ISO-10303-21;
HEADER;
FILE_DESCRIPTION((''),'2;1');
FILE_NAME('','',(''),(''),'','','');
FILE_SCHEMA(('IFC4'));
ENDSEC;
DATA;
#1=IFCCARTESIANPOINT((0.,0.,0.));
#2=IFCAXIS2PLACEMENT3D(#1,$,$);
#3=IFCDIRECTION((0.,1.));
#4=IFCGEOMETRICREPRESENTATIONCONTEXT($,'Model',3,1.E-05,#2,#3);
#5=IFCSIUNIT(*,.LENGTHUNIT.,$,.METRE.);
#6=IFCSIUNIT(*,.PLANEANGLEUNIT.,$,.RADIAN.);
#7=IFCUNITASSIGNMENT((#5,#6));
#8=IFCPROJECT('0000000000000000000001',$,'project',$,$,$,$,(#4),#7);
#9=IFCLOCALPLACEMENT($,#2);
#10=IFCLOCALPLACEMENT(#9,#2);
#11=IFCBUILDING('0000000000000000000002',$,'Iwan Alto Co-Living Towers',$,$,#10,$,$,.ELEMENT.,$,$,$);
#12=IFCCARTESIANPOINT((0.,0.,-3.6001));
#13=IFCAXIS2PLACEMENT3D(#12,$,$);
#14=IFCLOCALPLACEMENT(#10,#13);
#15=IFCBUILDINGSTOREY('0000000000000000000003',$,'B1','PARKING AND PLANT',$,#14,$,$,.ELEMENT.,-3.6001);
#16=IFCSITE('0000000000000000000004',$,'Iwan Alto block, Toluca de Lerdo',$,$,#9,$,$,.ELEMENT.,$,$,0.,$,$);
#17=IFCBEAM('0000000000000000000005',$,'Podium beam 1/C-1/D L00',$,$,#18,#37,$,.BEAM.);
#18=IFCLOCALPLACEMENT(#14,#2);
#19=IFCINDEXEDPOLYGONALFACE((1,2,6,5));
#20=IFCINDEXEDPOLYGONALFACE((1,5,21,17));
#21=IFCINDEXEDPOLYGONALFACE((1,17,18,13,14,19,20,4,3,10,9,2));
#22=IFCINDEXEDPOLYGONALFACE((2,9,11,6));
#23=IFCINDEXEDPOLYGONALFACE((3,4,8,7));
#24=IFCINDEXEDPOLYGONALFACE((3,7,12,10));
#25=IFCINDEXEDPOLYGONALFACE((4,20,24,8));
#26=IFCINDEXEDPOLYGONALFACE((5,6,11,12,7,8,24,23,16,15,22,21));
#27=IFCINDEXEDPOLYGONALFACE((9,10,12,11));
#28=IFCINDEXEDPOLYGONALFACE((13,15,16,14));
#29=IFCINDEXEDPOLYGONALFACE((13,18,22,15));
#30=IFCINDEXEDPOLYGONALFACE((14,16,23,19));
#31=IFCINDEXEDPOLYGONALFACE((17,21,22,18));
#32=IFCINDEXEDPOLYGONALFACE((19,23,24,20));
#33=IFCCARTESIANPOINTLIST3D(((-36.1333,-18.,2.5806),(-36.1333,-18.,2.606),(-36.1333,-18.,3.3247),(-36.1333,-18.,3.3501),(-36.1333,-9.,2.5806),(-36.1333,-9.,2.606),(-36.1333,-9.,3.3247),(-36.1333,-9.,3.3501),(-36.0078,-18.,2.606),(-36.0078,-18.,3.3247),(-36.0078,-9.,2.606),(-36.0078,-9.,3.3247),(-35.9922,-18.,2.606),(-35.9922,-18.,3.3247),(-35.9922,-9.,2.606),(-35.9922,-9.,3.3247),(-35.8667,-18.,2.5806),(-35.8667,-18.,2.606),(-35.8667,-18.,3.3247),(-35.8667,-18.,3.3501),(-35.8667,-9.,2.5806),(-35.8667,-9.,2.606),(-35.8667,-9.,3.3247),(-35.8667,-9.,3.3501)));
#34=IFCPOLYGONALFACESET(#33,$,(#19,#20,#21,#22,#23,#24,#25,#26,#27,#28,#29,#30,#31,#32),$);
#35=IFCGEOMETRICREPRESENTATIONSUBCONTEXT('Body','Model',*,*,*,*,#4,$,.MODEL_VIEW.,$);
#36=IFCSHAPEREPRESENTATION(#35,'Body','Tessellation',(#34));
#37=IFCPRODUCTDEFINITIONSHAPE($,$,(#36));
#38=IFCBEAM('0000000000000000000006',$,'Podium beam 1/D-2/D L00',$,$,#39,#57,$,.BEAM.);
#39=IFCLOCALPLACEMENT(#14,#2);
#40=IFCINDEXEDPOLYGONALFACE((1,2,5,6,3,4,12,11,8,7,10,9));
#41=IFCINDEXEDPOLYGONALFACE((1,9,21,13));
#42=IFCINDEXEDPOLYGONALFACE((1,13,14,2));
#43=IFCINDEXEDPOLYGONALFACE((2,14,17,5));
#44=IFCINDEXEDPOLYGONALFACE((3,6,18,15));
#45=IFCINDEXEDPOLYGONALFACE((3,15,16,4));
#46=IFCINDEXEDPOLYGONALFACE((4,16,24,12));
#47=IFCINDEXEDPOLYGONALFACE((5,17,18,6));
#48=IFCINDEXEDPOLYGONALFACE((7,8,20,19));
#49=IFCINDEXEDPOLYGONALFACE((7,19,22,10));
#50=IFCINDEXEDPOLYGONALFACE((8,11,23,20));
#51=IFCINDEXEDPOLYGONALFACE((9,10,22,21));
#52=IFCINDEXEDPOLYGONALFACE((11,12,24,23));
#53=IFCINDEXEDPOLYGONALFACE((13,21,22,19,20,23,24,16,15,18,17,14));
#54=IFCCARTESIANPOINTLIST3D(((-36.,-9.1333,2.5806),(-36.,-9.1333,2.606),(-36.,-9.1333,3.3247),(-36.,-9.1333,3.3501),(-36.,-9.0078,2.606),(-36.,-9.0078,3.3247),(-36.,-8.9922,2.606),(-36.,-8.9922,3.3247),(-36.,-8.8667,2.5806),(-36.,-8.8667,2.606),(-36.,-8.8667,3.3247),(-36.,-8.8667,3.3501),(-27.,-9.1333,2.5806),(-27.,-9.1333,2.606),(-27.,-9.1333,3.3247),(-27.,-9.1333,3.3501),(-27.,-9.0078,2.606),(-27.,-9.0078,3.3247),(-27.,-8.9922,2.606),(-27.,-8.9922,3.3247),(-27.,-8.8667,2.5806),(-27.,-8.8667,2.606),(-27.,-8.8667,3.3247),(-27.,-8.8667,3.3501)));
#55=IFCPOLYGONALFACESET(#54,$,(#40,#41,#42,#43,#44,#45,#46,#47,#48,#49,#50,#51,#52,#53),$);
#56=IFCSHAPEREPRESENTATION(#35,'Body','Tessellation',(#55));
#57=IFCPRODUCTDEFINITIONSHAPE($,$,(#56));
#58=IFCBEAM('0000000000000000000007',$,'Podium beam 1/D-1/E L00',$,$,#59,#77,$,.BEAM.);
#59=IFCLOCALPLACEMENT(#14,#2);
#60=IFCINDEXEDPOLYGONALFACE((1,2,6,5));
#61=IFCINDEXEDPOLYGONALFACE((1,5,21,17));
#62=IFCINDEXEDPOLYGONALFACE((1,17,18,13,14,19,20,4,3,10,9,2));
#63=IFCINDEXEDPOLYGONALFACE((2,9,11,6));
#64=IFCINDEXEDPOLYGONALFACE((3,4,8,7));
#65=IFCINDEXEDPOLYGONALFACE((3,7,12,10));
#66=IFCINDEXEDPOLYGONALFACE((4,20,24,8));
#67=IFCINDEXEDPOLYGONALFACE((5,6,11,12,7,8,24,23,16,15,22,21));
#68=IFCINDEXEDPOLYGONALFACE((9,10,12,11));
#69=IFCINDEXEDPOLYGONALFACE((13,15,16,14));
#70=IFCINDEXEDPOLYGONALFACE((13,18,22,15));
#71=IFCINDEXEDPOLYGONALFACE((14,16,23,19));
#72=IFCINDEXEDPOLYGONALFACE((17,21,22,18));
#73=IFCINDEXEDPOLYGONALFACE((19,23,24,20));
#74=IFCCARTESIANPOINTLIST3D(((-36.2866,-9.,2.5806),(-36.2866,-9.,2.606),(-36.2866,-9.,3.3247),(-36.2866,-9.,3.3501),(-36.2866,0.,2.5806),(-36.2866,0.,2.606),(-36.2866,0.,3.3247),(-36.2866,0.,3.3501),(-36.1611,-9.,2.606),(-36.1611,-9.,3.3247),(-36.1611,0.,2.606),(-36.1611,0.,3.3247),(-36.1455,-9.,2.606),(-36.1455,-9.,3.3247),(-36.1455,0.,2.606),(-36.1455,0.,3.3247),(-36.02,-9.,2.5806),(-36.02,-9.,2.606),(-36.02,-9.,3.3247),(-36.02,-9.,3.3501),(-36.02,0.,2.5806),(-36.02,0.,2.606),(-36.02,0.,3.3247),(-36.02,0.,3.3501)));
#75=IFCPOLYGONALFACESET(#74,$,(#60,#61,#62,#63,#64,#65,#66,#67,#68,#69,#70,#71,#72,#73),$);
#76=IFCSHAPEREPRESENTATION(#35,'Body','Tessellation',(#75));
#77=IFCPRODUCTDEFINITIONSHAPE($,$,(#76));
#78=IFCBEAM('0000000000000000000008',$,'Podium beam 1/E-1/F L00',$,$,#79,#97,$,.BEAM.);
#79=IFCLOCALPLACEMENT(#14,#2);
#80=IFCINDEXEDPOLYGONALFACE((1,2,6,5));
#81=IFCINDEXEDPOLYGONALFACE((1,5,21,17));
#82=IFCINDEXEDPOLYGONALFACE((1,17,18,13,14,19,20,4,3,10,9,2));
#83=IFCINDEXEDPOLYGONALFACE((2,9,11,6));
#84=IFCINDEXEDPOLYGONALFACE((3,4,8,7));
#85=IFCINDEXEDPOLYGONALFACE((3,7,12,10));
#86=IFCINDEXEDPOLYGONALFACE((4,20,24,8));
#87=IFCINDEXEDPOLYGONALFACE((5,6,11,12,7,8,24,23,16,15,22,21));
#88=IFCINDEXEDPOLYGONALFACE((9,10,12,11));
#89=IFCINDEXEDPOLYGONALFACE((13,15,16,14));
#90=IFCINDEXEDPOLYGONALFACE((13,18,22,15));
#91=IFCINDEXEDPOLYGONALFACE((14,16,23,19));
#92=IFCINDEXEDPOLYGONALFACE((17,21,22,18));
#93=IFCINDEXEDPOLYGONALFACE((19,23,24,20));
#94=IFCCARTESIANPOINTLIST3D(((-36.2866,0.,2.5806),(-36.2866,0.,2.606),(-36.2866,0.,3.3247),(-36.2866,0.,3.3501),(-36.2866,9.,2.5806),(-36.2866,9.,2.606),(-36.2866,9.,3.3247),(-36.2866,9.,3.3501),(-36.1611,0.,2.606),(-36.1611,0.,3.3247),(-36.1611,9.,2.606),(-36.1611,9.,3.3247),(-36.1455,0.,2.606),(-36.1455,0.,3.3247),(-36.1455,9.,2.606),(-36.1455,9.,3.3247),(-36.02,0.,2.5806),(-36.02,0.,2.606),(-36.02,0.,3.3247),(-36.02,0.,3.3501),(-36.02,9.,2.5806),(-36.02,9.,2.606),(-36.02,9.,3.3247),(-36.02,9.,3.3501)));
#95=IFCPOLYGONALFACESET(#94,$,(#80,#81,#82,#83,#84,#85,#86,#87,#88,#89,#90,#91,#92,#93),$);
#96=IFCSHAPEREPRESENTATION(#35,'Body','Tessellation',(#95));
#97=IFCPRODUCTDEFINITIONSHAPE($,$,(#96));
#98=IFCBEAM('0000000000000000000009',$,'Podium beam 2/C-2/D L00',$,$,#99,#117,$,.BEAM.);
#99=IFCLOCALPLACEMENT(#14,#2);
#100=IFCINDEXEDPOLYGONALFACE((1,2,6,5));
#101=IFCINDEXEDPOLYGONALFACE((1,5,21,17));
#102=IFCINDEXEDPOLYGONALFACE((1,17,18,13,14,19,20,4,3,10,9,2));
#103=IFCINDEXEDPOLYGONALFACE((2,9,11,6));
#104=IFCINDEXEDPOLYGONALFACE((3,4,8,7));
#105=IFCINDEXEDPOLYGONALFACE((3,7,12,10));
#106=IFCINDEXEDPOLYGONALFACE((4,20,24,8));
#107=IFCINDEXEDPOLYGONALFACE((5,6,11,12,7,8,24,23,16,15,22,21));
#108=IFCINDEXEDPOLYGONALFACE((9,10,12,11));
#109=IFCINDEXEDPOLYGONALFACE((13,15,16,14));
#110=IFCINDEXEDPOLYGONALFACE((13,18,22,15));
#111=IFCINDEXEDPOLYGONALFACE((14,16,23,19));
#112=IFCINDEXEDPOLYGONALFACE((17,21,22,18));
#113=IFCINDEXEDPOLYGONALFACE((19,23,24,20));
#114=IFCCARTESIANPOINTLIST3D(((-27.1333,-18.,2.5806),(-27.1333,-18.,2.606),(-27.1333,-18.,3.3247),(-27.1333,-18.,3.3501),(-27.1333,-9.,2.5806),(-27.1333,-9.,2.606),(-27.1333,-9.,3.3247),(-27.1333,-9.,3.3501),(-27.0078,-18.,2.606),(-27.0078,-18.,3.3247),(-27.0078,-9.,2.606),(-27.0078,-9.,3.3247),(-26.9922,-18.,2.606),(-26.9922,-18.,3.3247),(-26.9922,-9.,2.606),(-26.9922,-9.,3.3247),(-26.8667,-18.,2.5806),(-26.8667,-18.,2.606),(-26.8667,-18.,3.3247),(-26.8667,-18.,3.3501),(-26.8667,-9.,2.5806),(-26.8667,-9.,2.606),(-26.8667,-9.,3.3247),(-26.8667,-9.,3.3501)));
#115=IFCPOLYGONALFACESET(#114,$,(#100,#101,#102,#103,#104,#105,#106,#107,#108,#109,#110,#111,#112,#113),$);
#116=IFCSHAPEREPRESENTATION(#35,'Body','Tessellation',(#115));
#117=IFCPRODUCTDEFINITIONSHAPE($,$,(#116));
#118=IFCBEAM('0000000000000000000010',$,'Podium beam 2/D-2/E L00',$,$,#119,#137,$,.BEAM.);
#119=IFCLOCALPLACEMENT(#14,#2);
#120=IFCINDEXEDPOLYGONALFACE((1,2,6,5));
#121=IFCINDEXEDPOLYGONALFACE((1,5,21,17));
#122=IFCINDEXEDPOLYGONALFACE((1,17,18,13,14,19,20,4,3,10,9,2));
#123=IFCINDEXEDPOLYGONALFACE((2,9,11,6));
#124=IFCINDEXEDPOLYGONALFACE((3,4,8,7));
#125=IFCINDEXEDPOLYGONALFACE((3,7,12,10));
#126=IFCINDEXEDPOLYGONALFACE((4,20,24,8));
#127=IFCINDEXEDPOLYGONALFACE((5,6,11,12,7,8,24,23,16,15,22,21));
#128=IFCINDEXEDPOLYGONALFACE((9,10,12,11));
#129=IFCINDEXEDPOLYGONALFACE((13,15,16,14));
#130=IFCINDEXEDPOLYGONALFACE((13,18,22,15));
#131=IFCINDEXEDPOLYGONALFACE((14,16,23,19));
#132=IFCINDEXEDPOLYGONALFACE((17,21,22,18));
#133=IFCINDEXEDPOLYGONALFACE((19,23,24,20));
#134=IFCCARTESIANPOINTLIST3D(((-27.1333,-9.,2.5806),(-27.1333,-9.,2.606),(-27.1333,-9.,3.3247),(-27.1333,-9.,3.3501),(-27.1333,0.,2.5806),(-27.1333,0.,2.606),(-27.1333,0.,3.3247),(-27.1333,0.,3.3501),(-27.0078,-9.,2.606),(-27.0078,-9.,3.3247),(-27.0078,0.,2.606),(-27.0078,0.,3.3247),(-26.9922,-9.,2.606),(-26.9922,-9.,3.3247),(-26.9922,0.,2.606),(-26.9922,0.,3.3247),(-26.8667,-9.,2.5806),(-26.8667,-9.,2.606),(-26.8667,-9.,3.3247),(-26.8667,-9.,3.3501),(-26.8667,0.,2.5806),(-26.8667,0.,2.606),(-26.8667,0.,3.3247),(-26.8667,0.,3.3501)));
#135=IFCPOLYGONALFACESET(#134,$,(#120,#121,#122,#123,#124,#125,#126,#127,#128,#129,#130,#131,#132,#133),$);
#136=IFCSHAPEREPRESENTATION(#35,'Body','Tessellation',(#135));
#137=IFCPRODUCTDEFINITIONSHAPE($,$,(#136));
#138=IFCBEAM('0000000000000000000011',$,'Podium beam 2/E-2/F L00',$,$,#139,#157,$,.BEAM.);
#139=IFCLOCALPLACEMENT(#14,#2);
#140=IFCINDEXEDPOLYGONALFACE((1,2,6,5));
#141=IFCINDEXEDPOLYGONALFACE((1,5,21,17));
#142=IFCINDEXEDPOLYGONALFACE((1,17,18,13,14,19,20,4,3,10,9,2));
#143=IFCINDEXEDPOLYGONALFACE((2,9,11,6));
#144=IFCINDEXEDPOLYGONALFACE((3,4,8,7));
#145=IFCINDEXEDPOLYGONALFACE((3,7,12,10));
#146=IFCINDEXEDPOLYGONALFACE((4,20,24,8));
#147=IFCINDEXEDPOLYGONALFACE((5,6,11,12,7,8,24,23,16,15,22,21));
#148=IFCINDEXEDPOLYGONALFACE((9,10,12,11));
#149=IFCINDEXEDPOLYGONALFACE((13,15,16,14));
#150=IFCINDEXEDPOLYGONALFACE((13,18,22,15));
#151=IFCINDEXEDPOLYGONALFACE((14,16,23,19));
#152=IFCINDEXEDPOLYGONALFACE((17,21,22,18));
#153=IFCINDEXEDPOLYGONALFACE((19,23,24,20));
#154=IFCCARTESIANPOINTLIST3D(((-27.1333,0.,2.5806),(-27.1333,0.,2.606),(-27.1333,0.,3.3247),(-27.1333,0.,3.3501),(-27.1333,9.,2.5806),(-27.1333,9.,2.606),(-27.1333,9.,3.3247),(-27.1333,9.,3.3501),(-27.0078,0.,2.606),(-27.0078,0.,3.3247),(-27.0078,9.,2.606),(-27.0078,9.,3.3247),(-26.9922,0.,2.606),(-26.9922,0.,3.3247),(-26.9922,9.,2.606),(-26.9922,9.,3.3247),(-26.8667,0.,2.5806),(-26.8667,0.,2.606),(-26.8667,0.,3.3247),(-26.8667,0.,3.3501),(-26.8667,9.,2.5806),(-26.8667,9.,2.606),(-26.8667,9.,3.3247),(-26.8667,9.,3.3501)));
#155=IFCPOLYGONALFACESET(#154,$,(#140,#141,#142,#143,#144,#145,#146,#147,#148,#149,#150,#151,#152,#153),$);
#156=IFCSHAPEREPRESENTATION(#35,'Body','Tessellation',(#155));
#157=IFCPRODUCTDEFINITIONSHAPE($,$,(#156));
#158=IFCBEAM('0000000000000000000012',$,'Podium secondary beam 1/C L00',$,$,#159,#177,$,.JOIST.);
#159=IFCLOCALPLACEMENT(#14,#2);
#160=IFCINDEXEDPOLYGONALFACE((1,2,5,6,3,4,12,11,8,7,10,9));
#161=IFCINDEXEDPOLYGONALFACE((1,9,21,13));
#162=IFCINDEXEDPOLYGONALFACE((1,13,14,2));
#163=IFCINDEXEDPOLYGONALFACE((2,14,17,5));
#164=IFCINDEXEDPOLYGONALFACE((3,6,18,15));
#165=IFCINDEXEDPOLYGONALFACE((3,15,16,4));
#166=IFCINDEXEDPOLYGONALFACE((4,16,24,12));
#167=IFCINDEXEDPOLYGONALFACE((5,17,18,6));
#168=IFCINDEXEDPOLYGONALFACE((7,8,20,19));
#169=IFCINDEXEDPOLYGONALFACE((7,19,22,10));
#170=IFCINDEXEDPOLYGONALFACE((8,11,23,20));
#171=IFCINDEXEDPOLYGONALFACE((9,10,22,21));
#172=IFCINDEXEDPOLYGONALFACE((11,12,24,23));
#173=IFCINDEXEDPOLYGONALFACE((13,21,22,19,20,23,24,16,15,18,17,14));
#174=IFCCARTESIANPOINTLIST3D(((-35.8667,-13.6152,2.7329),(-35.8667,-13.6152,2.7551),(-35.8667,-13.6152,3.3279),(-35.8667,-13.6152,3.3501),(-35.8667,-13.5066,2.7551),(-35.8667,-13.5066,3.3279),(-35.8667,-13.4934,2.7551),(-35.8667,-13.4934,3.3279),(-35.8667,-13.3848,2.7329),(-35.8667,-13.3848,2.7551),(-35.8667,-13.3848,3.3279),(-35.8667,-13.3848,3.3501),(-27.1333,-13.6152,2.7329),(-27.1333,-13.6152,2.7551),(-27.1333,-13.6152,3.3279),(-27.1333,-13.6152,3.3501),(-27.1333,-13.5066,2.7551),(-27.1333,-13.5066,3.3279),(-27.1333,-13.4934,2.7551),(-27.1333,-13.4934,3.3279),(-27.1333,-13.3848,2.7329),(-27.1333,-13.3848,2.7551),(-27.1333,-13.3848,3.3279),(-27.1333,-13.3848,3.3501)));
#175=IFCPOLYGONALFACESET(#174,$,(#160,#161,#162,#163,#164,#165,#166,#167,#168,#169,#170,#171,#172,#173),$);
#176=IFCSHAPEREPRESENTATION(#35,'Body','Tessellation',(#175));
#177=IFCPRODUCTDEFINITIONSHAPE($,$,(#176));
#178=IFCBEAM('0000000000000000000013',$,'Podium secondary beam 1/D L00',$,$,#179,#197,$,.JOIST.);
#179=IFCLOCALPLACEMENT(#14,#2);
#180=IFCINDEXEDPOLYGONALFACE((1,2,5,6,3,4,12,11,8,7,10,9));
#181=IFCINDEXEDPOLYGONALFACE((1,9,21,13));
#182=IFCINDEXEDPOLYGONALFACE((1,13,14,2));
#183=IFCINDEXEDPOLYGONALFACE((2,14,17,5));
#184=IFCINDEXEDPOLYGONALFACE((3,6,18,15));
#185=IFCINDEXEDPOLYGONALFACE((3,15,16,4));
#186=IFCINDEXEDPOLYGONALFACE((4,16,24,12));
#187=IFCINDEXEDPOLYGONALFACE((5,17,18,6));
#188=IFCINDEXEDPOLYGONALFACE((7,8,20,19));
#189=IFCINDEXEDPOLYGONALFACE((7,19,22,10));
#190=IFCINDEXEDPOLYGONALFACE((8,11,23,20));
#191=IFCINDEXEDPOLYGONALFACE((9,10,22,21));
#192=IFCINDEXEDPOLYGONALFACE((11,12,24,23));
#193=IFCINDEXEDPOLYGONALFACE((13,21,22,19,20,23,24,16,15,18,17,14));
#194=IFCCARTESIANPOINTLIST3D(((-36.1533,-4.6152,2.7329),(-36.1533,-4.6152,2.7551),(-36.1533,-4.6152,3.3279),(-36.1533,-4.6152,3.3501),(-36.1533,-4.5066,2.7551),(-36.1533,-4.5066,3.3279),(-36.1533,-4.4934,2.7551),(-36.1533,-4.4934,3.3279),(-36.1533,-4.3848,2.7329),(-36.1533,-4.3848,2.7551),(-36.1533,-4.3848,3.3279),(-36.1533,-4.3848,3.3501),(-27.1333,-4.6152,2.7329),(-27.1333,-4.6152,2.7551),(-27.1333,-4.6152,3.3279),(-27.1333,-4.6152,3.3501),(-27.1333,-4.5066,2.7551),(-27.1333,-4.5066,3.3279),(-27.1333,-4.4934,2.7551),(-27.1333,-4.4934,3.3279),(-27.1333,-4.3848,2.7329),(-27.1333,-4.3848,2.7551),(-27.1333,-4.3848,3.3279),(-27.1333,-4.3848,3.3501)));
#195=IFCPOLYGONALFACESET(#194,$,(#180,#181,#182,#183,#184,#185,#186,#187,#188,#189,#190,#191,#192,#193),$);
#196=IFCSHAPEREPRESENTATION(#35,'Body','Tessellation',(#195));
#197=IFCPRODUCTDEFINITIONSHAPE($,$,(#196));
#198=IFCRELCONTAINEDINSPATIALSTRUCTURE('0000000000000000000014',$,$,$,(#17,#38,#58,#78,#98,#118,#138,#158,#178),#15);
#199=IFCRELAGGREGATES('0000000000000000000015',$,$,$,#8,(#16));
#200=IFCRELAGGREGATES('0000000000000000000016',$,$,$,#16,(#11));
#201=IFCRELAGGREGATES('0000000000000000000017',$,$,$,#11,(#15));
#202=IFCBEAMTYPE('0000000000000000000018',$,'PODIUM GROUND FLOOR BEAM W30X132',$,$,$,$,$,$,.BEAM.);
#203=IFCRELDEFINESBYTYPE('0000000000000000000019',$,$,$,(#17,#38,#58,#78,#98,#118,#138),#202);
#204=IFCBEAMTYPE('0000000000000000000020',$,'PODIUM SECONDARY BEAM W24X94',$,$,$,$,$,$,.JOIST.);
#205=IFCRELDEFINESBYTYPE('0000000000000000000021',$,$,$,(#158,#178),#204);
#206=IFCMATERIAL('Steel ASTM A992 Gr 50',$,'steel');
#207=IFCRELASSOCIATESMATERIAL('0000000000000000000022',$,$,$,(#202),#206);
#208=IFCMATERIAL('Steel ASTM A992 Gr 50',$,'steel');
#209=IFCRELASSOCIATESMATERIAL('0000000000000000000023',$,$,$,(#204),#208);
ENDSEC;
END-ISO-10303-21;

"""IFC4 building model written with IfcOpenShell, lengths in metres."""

from ifc_helpers import new_model, si_unit, direction, frame, origin, origin_2d, place, context, subcontext, project, spatial, i_section, extrude, material, material_profile, profile_set, type_object, element, save


model = new_model("IFC4")

# Units and contexts
model_context = context("Model", 3, precision=1e-05, world=origin(), true_north=direction((0.0, 1.0)))
body_context = subcontext(model_context, "Body", "Model", "MODEL_VIEW")
ifc_project = project(units=[si_unit("LENGTHUNIT", "METRE"), si_unit("PLANEANGLEUNIT", "RADIAN")], contexts=[model_context])

# Site, building, storey
site_placement = place(None, origin())
site = spatial("IfcSite", under=ifc_project, at=site_placement, Name="Iwan Alto block, Toluca de Lerdo", CompositionType="ELEMENT", RefElevation=0.0)
building_placement = place(site_placement, origin())
building = spatial("IfcBuilding", under=site, at=building_placement, Name="Iwan Alto Co-Living Towers", CompositionType="ELEMENT")
storey_placement = place(building_placement, frame((0.0, 0.0, -3.6001)))
storey = spatial("IfcBuildingStorey", under=building, at=storey_placement, Name="B1", Description="PARKING AND PLANT", CompositionType="ELEMENT", Elevation=-3.6001)

# Beams
ifc_material_1 = material(Name="Steel ASTM A992 Gr 50", Category="steel")
ifc_material_profile_1 = material_profile(ifc_material_1, i_section(OverallWidth=0.2666, OverallDepth=0.7695, WebThickness=0.0156, FlangeThickness=0.0254, at=origin_2d()), Name="W30X132")
ifc_profile_set_1 = profile_set([ifc_material_profile_1], Name="Steel ASTM A992 Gr 50")
beam_type_1 = type_object("IfcBeamType", Name="PODIUM GROUND FLOOR BEAM W30X132", PredefinedType="BEAM", material=ifc_profile_set_1)
for number, where, z_axis, x_axis, name in (
    (1, (-36.0, -18.0, 2.9653), (0.0, 1.0, 0.0), (-1.0, 0.0, 0.0), "Podium beam 1/C-1/D L00"),
    (2, (-36.0, -9.0, 2.9653), (1.0, 0.0, 0.0), (0.0, 1.0, 0.0), "Podium beam 1/D-2/D L00"),
    (3, (-36.1533, -9.0, 2.9653), (0.0, 1.0, 0.0), (-1.0, 0.0, 0.0), "Podium beam 1/D-1/E L00"),
    (4, (-36.1533, 0.0, 2.9653), (0.0, 1.0, 0.0), (-1.0, 0.0, 0.0), "Podium beam 1/E-1/F L00"),
    (5, (-27.0, -18.0, 2.9653), (0.0, 1.0, 0.0), (-1.0, 0.0, 0.0), "Podium beam 2/C-2/D L00"),
    (6, (-27.0, -9.0, 2.9653), (0.0, 1.0, 0.0), (-1.0, 0.0, 0.0), "Podium beam 2/D-2/E L00"),
    (7, (-27.0, 0.0, 2.9653), (0.0, 1.0, 0.0), (-1.0, 0.0, 0.0), "Podium beam 2/E-2/F L00"),
):
    element("IfcBeam", number, at=place(storey_placement, frame(where, z_axis=z_axis, x_axis=x_axis)), inside=storey, type_object=beam_type_1, Name=name, PredefinedType="BEAM", context=body_context, shape_type="SweptSolid", body=[
        extrude(i_section(OverallWidth=0.2666, OverallDepth=0.7695, WebThickness=0.0156, FlangeThickness=0.0254, at=origin_2d()), origin(), (0.0, 0.0, 1.0), 9.0),
    ])
ifc_material_2 = material(Name="Steel ASTM A992 Gr 50", Category="steel")
ifc_material_profile_2 = material_profile(ifc_material_2, i_section(OverallWidth=0.2305, OverallDepth=0.6172, WebThickness=0.0132, FlangeThickness=0.0222, at=origin_2d()), Name="W24X94")
ifc_profile_set_2 = profile_set([ifc_material_profile_2], Name="Steel ASTM A992 Gr 50")
beam_type_2 = type_object("IfcBeamType", Name="PODIUM SECONDARY BEAM W24X94", PredefinedType="JOIST", material=ifc_profile_set_2)
beam_1_placement = place(storey_placement, frame((-35.8667, -13.5, 3.0415), z_axis=(1.0, 0.0, 0.0), x_axis=(0.0, 1.0, 0.0)))
element("IfcBeam", 8, at=beam_1_placement, inside=storey, type_object=beam_type_2, Name="Podium secondary beam 1/C L00", PredefinedType="JOIST", context=body_context, shape_type="SweptSolid", body=[
    extrude(i_section(OverallWidth=0.2305, OverallDepth=0.6172, WebThickness=0.0132, FlangeThickness=0.0222, at=origin_2d()), origin(), (0.0, 0.0, 1.0), 8.7334),
])
beam_2_placement = place(storey_placement, frame((-36.1533, -4.5, 3.0415), z_axis=(1.0, 0.0, 0.0), x_axis=(0.0, 1.0, 0.0)))
element("IfcBeam", 9, at=beam_2_placement, inside=storey, type_object=beam_type_2, Name="Podium secondary beam 1/D L00", PredefinedType="JOIST", context=body_context, shape_type="SweptSolid", body=[
    extrude(i_section(OverallWidth=0.2305, OverallDepth=0.6172, WebThickness=0.0132, FlangeThickness=0.0222, at=origin_2d()), origin(), (0.0, 0.0, 1.0), 9.02),
])

save(model, "model.ifc")
